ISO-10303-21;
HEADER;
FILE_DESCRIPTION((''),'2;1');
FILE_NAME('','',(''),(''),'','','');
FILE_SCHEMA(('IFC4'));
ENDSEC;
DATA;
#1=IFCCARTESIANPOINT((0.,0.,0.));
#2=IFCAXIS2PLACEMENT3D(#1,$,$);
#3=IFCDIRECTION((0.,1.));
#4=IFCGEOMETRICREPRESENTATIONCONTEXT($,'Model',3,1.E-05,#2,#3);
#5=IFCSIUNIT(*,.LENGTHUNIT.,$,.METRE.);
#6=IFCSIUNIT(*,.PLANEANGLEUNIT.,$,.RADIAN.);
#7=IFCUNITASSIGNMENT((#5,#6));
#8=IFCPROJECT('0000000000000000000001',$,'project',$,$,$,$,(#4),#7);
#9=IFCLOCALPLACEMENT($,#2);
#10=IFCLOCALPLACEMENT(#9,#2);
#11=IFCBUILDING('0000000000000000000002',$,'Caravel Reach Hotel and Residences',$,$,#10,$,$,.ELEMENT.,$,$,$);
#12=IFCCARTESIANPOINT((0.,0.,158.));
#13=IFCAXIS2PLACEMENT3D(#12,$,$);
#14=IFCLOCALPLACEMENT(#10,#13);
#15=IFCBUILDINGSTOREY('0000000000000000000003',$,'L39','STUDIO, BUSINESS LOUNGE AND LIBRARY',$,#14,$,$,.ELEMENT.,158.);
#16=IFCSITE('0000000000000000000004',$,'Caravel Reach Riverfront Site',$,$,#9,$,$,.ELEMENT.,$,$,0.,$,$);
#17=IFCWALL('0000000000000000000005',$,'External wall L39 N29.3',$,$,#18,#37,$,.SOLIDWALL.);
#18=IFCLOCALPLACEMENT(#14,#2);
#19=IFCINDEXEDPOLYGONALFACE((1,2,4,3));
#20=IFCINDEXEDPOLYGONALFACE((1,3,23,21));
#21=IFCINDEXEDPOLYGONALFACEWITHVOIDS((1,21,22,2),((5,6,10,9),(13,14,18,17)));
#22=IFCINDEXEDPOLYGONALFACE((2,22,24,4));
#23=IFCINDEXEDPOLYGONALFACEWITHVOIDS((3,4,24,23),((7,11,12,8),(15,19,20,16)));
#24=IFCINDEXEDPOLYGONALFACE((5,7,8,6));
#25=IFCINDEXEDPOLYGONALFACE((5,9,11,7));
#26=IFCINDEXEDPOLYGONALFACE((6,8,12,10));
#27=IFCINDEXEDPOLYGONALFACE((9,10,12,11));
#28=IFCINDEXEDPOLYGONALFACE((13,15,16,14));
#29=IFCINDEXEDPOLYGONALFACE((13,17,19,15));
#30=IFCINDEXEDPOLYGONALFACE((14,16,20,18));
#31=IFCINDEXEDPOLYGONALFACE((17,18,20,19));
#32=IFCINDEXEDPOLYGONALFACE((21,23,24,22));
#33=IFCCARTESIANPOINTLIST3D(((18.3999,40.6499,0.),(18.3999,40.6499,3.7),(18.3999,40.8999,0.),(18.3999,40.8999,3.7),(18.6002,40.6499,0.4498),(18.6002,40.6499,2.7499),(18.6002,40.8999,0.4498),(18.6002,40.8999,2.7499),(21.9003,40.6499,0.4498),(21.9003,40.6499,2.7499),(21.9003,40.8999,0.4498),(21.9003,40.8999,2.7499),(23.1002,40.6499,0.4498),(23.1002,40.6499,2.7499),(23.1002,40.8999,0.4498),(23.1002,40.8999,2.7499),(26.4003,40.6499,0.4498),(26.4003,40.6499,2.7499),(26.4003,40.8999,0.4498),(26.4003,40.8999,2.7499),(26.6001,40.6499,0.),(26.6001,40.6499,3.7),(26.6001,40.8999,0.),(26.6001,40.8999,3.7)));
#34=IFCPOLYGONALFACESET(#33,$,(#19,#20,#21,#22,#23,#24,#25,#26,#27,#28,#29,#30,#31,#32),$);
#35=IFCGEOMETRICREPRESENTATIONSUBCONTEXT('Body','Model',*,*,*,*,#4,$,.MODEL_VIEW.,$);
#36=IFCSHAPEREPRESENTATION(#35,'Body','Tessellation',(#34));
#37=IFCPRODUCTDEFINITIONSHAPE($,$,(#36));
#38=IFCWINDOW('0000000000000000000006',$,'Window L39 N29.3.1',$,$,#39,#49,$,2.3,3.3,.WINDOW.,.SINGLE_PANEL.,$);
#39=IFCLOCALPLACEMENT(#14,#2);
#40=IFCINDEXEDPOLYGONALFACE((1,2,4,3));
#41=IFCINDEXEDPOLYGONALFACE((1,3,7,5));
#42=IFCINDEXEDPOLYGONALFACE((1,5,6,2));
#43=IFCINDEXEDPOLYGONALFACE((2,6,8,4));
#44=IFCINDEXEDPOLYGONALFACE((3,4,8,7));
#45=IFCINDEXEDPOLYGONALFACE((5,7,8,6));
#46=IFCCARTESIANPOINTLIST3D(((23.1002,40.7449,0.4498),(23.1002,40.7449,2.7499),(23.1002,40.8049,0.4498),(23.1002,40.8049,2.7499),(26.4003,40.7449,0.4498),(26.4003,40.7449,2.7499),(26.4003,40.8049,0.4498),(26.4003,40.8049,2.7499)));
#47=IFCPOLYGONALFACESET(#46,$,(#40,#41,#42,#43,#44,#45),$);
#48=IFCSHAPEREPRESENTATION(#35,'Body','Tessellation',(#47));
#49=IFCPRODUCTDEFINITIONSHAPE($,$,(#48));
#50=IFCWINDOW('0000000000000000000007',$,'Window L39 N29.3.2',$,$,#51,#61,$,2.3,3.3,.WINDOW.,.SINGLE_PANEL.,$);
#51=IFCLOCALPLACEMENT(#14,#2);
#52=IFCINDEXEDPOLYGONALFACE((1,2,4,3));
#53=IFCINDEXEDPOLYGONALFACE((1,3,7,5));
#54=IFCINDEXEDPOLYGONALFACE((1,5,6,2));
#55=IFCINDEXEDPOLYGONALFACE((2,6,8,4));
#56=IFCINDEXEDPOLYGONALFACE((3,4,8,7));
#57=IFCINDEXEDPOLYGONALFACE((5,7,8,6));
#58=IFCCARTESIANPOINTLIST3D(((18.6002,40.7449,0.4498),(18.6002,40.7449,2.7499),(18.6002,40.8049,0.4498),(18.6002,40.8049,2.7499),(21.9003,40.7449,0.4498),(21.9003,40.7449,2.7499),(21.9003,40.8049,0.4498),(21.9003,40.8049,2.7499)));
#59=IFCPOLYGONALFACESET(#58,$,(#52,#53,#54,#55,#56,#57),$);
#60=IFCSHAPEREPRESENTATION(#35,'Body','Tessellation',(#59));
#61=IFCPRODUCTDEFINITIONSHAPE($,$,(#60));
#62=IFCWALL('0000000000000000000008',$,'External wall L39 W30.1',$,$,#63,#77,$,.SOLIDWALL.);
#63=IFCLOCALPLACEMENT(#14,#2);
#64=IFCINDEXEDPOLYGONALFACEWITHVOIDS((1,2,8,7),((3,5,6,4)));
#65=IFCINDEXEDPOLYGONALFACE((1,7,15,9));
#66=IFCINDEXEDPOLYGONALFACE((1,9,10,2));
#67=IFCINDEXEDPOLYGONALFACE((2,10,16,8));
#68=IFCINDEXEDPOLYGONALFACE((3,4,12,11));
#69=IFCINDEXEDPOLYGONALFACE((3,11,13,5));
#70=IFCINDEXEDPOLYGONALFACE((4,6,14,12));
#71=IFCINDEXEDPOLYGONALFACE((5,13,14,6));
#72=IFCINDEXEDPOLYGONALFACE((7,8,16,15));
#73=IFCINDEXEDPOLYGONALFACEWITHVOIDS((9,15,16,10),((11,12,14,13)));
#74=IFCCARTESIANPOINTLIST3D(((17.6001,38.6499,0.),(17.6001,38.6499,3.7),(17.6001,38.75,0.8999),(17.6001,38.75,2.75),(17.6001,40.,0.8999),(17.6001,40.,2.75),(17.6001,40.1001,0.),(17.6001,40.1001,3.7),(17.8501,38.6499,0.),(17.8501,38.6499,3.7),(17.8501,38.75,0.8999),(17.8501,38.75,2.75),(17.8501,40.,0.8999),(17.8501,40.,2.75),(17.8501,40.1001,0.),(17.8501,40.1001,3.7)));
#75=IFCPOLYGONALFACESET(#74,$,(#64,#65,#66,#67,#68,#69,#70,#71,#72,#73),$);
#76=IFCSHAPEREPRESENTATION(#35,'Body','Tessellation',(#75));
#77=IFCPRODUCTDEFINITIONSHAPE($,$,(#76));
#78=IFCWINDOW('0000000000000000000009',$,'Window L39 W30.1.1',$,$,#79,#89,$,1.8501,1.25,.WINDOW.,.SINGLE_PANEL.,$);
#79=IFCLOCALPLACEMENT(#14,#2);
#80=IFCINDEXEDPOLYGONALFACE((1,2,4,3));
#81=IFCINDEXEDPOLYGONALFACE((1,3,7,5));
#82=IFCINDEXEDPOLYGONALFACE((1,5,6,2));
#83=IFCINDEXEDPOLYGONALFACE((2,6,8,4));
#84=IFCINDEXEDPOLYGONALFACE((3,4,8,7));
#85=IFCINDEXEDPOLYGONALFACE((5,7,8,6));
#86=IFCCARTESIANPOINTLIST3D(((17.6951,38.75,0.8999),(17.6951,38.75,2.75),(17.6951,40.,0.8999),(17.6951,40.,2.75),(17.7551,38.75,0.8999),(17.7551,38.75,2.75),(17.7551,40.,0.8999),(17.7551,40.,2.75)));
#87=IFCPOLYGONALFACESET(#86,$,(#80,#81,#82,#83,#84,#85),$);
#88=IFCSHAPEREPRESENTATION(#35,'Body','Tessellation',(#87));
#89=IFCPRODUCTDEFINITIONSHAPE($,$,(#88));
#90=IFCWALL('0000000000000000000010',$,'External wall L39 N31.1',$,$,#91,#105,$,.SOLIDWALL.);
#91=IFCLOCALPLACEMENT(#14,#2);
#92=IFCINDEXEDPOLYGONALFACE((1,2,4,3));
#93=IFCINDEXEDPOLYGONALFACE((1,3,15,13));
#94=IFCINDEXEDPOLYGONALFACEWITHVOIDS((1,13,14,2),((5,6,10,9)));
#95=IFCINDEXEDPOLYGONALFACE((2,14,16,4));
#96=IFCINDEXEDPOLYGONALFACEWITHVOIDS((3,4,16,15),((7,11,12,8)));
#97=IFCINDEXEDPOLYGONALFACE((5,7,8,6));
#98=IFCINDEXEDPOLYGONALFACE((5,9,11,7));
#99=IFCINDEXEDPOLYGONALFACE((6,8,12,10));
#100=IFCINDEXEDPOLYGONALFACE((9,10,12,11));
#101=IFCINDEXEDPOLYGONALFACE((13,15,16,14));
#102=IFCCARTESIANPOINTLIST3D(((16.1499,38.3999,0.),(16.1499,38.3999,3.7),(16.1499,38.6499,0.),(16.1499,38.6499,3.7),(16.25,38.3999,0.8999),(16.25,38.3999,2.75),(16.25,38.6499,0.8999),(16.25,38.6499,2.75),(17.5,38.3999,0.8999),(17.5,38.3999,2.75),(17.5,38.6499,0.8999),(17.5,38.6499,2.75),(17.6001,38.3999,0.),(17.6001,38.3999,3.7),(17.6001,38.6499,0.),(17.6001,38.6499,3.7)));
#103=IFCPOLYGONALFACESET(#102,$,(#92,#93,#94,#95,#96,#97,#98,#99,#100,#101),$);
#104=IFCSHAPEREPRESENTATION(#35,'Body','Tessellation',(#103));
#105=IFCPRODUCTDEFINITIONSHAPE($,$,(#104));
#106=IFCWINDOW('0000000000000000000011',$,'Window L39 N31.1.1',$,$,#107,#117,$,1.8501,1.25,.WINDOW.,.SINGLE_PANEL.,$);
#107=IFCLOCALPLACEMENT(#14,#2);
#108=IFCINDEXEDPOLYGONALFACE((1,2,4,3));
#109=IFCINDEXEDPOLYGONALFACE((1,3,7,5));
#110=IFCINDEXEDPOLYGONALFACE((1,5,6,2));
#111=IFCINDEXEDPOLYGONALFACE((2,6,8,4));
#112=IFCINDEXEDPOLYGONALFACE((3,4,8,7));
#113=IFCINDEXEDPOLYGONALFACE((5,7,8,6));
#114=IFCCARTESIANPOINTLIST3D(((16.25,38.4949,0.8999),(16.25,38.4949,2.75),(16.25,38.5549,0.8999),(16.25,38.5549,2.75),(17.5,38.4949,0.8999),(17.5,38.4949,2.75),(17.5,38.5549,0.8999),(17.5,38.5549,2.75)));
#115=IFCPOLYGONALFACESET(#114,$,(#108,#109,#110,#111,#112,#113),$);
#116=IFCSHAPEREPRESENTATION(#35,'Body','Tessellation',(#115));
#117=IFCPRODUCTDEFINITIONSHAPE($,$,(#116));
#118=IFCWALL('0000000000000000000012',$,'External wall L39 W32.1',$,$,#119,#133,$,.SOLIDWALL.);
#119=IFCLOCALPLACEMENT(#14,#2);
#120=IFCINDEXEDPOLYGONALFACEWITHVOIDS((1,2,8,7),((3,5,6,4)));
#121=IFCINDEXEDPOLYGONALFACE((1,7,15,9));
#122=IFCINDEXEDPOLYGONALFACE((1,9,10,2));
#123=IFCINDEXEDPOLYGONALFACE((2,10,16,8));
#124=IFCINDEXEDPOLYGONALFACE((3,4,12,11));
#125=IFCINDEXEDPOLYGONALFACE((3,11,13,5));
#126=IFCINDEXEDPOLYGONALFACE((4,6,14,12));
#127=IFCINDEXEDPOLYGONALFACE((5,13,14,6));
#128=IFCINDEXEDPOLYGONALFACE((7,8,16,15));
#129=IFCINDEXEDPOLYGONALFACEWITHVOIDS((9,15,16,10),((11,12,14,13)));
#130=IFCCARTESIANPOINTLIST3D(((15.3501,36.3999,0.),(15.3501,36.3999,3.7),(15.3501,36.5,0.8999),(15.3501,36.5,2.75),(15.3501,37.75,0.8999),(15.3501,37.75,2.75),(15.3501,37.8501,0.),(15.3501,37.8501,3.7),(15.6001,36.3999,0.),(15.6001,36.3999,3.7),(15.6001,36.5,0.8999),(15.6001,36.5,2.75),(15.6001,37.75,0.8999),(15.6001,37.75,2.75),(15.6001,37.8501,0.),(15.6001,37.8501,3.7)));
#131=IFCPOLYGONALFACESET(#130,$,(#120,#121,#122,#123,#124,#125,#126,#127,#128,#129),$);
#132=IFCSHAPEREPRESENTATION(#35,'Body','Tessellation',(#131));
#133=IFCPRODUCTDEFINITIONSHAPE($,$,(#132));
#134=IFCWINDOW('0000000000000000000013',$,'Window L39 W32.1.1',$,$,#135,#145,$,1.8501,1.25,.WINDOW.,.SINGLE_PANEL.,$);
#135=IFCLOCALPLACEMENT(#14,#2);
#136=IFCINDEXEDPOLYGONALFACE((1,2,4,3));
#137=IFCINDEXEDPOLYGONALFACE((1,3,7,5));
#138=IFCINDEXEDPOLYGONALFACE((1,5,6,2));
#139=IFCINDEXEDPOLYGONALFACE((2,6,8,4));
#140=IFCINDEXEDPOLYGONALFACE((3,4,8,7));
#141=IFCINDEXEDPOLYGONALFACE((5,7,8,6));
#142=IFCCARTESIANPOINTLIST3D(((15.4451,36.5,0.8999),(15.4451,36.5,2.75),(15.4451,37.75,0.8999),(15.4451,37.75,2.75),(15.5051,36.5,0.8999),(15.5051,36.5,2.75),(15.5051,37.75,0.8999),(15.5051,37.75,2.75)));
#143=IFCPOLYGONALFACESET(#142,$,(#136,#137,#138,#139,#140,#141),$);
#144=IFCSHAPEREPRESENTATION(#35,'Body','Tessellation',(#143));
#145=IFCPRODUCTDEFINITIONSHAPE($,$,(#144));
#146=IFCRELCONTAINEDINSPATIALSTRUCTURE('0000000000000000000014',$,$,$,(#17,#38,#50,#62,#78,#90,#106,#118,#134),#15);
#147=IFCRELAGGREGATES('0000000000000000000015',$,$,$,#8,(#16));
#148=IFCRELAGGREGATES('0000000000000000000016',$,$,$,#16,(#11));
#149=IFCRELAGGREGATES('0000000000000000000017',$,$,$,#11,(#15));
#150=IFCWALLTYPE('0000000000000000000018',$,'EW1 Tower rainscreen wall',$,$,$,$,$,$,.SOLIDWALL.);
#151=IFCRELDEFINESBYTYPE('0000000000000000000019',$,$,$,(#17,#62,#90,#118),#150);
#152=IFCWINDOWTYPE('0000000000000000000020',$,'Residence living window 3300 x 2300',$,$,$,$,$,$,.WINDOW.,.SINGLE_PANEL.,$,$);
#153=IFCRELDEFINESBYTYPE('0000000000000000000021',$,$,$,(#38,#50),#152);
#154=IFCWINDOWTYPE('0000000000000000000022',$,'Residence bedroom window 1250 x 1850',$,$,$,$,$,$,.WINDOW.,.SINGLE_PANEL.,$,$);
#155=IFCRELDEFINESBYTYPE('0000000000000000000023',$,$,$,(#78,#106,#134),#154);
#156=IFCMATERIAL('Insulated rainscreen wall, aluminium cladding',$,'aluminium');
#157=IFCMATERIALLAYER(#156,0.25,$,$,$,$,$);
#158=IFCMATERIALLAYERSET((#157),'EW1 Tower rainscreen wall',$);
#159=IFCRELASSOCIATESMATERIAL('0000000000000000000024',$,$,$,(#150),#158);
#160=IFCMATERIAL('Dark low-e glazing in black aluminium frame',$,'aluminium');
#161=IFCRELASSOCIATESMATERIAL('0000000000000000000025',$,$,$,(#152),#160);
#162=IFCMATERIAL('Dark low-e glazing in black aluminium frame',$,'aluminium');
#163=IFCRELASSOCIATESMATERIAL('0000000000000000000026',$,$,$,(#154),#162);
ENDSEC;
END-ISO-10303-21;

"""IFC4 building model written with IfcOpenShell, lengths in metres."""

from ifc_helpers import new_model, si_unit, direction, frame, frame_2d, origin, place, context, subcontext, project, spatial, rectangle, extrude, material, layer, layer_set, type_object, element, fill, save


model = new_model("IFC4")

# Units and contexts
model_context = context("Model", 3, precision=1e-05, world=origin(), true_north=direction((0.0, 1.0)))
body_context = subcontext(model_context, "Body", "Model", "MODEL_VIEW")
ifc_project = project(units=[si_unit("LENGTHUNIT", "METRE"), si_unit("PLANEANGLEUNIT", "RADIAN")], contexts=[model_context])

# Site, building, storey
site_placement = place(None, origin())
site = spatial("IfcSite", under=ifc_project, at=site_placement, Name="Caravel Reach Riverfront Site", CompositionType="ELEMENT", RefElevation=0.0)
building_placement = place(site_placement, origin())
building = spatial("IfcBuilding", under=site, at=building_placement, Name="Caravel Reach Hotel and Residences", CompositionType="ELEMENT")
storey_placement = place(building_placement, frame((0.0, 0.0, 158.0)))
storey = spatial("IfcBuildingStorey", under=building, at=storey_placement, Name="L39", Description="STUDIO, BUSINESS LOUNGE AND LIBRARY", CompositionType="ELEMENT", Elevation=158.0)

# Wall, openings, windows
ifc_material_1 = material(Name="Insulated rainscreen wall, aluminium cladding", Category="aluminium")
ifc_layer_1 = layer(ifc_material_1, 0.25)
ifc_layer_set_1 = layer_set([ifc_layer_1], Name="EW1 Tower rainscreen wall")
wall_type_1 = type_object("IfcWallType", Name="EW1 Tower rainscreen wall", PredefinedType="SOLIDWALL", material=ifc_layer_set_1)
wall_1_placement = place(storey_placement, frame((26.6001, 40.7749, 0.0), z_axis=(0.0, 0.0, 1.0), x_axis=(-1.0, 0.0, 0.0)))
wall_1 = element("IfcWall", 1, at=wall_1_placement, inside=storey, type_object=wall_type_1, Name="External wall L39 N29.3", PredefinedType="SOLIDWALL", context=body_context, shape_type="SweptSolid", body=[
    extrude(rectangle(XDim=8.2002, YDim=0.25, at=frame_2d((4.1001, 0.0))), origin(), (0.0, 0.0, 1.0), 3.7),
])
opening_1_placement = place(wall_1_placement, frame((0.2, 0.0, 0.45)))
opening_1 = element("IfcOpeningElement", 2, at=opening_1_placement, cuts=wall_1, PredefinedType="OPENING", context=body_context, shape_type="SweptSolid", body=[
    extrude(rectangle(XDim=3.3, YDim=2.3, at=frame_2d((1.6499, 1.1499))), frame((0.0, 0.135, 0.0), z_axis=(0.0, -1.0, 0.0), x_axis=(1.0, 0.0, 0.0)), (0.0, 0.0, 1.0), 0.27),
])
opening_2_placement = place(wall_1_placement, frame((4.7, 0.0, 0.45)))
opening_2 = element("IfcOpeningElement", 3, at=opening_2_placement, cuts=wall_1, PredefinedType="OPENING", context=body_context, shape_type="SweptSolid", body=[
    extrude(rectangle(XDim=3.3, YDim=2.3, at=frame_2d((1.6499, 1.1499))), frame((0.0, 0.135, 0.0), z_axis=(0.0, -1.0, 0.0), x_axis=(1.0, 0.0, 0.0)), (0.0, 0.0, 1.0), 0.27),
])
ifc_material_2 = material(Name="Dark low-e glazing in black aluminium frame", Category="aluminium")
window_type_1 = type_object("IfcWindowType", Name="Residence living window 3300 x 2300", PartitioningType="SINGLE_PANEL", PredefinedType="WINDOW", material=ifc_material_2)
window_1_placement = place(opening_1_placement, origin())
window_1 = element("IfcWindow", 4, at=window_1_placement, inside=storey, type_object=window_type_1, Name="Window L39 N29.3.1", OverallHeight=2.3, OverallWidth=3.3, PartitioningType="SINGLE_PANEL", PredefinedType="WINDOW", context=body_context, shape_type="SweptSolid", body=[
    extrude(rectangle(XDim=3.3, YDim=2.3, at=frame_2d((1.6499, 1.1499))), frame((0.0, 0.03, 0.0), z_axis=(0.0, -1.0, 0.0), x_axis=(1.0, 0.0, 0.0)), (0.0, 0.0, 1.0), 0.0601),
])
fill(opening_1, window_1)
window_2_placement = place(opening_2_placement, origin())
window_2 = element("IfcWindow", 5, at=window_2_placement, inside=storey, type_object=window_type_1, Name="Window L39 N29.3.2", OverallHeight=2.3, OverallWidth=3.3, PartitioningType="SINGLE_PANEL", PredefinedType="WINDOW", context=body_context, shape_type="SweptSolid", body=[
    extrude(rectangle(XDim=3.3, YDim=2.3, at=frame_2d((1.6499, 1.1499))), frame((0.0, 0.03, 0.0), z_axis=(0.0, -1.0, 0.0), x_axis=(1.0, 0.0, 0.0)), (0.0, 0.0, 1.0), 0.0601),
])
fill(opening_2, window_2)

# Walls, openings, windows
wall_2_placement = place(storey_placement, frame((17.7251, 40.1001, 0.0), z_axis=(0.0, 0.0, 1.0), x_axis=(0.0, -1.0, 0.0)))
wall_2 = element("IfcWall", 6, at=wall_2_placement, inside=storey, type_object=wall_type_1, Name="External wall L39 W30.1", PredefinedType="SOLIDWALL", context=body_context, shape_type="SweptSolid", body=[
    extrude(rectangle(XDim=1.4502, YDim=0.25, at=frame_2d((0.7251, 0.0))), origin(), (0.0, 0.0, 1.0), 3.7),
])
opening_3_placement = place(wall_2_placement, frame((0.1001, 0.0, 0.8999)))
opening_3 = element("IfcOpeningElement", 7, at=opening_3_placement, cuts=wall_2, PredefinedType="OPENING", context=body_context, shape_type="SweptSolid", body=[
    extrude(rectangle(XDim=1.25, YDim=1.8501, at=frame_2d((0.625, 0.925))), frame((0.0, 0.135, 0.0), z_axis=(0.0, -1.0, 0.0), x_axis=(1.0, 0.0, 0.0)), (0.0, 0.0, 1.0), 0.27),
])
ifc_material_3 = material(Name="Dark low-e glazing in black aluminium frame", Category="aluminium")
window_type_2 = type_object("IfcWindowType", Name="Residence bedroom window 1250 x 1850", PartitioningType="SINGLE_PANEL", PredefinedType="WINDOW", material=ifc_material_3)
window_3_placement = place(opening_3_placement, origin())
window_3 = element("IfcWindow", 8, at=window_3_placement, inside=storey, type_object=window_type_2, Name="Window L39 W30.1.1", OverallHeight=1.8501, OverallWidth=1.25, PartitioningType="SINGLE_PANEL", PredefinedType="WINDOW", context=body_context, shape_type="SweptSolid", body=[
    extrude(rectangle(XDim=1.25, YDim=1.8501, at=frame_2d((0.625, 0.925))), frame((0.0, 0.03, 0.0), z_axis=(0.0, -1.0, 0.0), x_axis=(1.0, 0.0, 0.0)), (0.0, 0.0, 1.0), 0.0601),
])
fill(opening_3, window_3)
wall_3_placement = place(storey_placement, frame((17.6001, 38.5249, 0.0), z_axis=(0.0, 0.0, 1.0), x_axis=(-1.0, 0.0, 0.0)))
wall_3 = element("IfcWall", 9, at=wall_3_placement, inside=storey, type_object=wall_type_1, Name="External wall L39 N31.1", PredefinedType="SOLIDWALL", context=body_context, shape_type="SweptSolid", body=[
    extrude(rectangle(XDim=1.4502, YDim=0.25, at=frame_2d((0.7251, 0.0))), origin(), (0.0, 0.0, 1.0), 3.7),
])
opening_4_placement = place(wall_3_placement, frame((0.1001, 0.0, 0.8999)))
opening_4 = element("IfcOpeningElement", 10, at=opening_4_placement, cuts=wall_3, PredefinedType="OPENING", context=body_context, shape_type="SweptSolid", body=[
    extrude(rectangle(XDim=1.25, YDim=1.8501, at=frame_2d((0.625, 0.925))), frame((0.0, 0.135, 0.0), z_axis=(0.0, -1.0, 0.0), x_axis=(1.0, 0.0, 0.0)), (0.0, 0.0, 1.0), 0.27),
])
window_4_placement = place(opening_4_placement, origin())
window_4 = element("IfcWindow", 11, at=window_4_placement, inside=storey, type_object=window_type_2, Name="Window L39 N31.1.1", OverallHeight=1.8501, OverallWidth=1.25, PartitioningType="SINGLE_PANEL", PredefinedType="WINDOW", context=body_context, shape_type="SweptSolid", body=[
    extrude(rectangle(XDim=1.25, YDim=1.8501, at=frame_2d((0.625, 0.925))), frame((0.0, 0.03, 0.0), z_axis=(0.0, -1.0, 0.0), x_axis=(1.0, 0.0, 0.0)), (0.0, 0.0, 1.0), 0.0601),
])
fill(opening_4, window_4)
wall_4_placement = place(storey_placement, frame((15.4751, 37.8501, 0.0), z_axis=(0.0, 0.0, 1.0), x_axis=(0.0, -1.0, 0.0)))
wall_4 = element("IfcWall", 12, at=wall_4_placement, inside=storey, type_object=wall_type_1, Name="External wall L39 W32.1", PredefinedType="SOLIDWALL", context=body_context, shape_type="SweptSolid", body=[
    extrude(rectangle(XDim=1.4502, YDim=0.25, at=frame_2d((0.7251, 0.0))), origin(), (0.0, 0.0, 1.0), 3.7),
])
opening_5_placement = place(wall_4_placement, frame((0.1001, 0.0, 0.8999)))
opening_5 = element("IfcOpeningElement", 13, at=opening_5_placement, cuts=wall_4, PredefinedType="OPENING", context=body_context, shape_type="SweptSolid", body=[
    extrude(rectangle(XDim=1.25, YDim=1.8501, at=frame_2d((0.625, 0.925))), frame((0.0, 0.135, 0.0), z_axis=(0.0, -1.0, 0.0), x_axis=(1.0, 0.0, 0.0)), (0.0, 0.0, 1.0), 0.27),
])
window_5_placement = place(opening_5_placement, origin())
window_5 = element("IfcWindow", 14, at=window_5_placement, inside=storey, type_object=window_type_2, Name="Window L39 W32.1.1", OverallHeight=1.8501, OverallWidth=1.25, PartitioningType="SINGLE_PANEL", PredefinedType="WINDOW", context=body_context, shape_type="SweptSolid", body=[
    extrude(rectangle(XDim=1.25, YDim=1.8501, at=frame_2d((0.625, 0.925))), frame((0.0, 0.03, 0.0), z_axis=(0.0, -1.0, 0.0), x_axis=(1.0, 0.0, 0.0)), (0.0, 0.0, 1.0), 0.0601),
])
fill(opening_5, window_5)

save(model, "model.ifc")
